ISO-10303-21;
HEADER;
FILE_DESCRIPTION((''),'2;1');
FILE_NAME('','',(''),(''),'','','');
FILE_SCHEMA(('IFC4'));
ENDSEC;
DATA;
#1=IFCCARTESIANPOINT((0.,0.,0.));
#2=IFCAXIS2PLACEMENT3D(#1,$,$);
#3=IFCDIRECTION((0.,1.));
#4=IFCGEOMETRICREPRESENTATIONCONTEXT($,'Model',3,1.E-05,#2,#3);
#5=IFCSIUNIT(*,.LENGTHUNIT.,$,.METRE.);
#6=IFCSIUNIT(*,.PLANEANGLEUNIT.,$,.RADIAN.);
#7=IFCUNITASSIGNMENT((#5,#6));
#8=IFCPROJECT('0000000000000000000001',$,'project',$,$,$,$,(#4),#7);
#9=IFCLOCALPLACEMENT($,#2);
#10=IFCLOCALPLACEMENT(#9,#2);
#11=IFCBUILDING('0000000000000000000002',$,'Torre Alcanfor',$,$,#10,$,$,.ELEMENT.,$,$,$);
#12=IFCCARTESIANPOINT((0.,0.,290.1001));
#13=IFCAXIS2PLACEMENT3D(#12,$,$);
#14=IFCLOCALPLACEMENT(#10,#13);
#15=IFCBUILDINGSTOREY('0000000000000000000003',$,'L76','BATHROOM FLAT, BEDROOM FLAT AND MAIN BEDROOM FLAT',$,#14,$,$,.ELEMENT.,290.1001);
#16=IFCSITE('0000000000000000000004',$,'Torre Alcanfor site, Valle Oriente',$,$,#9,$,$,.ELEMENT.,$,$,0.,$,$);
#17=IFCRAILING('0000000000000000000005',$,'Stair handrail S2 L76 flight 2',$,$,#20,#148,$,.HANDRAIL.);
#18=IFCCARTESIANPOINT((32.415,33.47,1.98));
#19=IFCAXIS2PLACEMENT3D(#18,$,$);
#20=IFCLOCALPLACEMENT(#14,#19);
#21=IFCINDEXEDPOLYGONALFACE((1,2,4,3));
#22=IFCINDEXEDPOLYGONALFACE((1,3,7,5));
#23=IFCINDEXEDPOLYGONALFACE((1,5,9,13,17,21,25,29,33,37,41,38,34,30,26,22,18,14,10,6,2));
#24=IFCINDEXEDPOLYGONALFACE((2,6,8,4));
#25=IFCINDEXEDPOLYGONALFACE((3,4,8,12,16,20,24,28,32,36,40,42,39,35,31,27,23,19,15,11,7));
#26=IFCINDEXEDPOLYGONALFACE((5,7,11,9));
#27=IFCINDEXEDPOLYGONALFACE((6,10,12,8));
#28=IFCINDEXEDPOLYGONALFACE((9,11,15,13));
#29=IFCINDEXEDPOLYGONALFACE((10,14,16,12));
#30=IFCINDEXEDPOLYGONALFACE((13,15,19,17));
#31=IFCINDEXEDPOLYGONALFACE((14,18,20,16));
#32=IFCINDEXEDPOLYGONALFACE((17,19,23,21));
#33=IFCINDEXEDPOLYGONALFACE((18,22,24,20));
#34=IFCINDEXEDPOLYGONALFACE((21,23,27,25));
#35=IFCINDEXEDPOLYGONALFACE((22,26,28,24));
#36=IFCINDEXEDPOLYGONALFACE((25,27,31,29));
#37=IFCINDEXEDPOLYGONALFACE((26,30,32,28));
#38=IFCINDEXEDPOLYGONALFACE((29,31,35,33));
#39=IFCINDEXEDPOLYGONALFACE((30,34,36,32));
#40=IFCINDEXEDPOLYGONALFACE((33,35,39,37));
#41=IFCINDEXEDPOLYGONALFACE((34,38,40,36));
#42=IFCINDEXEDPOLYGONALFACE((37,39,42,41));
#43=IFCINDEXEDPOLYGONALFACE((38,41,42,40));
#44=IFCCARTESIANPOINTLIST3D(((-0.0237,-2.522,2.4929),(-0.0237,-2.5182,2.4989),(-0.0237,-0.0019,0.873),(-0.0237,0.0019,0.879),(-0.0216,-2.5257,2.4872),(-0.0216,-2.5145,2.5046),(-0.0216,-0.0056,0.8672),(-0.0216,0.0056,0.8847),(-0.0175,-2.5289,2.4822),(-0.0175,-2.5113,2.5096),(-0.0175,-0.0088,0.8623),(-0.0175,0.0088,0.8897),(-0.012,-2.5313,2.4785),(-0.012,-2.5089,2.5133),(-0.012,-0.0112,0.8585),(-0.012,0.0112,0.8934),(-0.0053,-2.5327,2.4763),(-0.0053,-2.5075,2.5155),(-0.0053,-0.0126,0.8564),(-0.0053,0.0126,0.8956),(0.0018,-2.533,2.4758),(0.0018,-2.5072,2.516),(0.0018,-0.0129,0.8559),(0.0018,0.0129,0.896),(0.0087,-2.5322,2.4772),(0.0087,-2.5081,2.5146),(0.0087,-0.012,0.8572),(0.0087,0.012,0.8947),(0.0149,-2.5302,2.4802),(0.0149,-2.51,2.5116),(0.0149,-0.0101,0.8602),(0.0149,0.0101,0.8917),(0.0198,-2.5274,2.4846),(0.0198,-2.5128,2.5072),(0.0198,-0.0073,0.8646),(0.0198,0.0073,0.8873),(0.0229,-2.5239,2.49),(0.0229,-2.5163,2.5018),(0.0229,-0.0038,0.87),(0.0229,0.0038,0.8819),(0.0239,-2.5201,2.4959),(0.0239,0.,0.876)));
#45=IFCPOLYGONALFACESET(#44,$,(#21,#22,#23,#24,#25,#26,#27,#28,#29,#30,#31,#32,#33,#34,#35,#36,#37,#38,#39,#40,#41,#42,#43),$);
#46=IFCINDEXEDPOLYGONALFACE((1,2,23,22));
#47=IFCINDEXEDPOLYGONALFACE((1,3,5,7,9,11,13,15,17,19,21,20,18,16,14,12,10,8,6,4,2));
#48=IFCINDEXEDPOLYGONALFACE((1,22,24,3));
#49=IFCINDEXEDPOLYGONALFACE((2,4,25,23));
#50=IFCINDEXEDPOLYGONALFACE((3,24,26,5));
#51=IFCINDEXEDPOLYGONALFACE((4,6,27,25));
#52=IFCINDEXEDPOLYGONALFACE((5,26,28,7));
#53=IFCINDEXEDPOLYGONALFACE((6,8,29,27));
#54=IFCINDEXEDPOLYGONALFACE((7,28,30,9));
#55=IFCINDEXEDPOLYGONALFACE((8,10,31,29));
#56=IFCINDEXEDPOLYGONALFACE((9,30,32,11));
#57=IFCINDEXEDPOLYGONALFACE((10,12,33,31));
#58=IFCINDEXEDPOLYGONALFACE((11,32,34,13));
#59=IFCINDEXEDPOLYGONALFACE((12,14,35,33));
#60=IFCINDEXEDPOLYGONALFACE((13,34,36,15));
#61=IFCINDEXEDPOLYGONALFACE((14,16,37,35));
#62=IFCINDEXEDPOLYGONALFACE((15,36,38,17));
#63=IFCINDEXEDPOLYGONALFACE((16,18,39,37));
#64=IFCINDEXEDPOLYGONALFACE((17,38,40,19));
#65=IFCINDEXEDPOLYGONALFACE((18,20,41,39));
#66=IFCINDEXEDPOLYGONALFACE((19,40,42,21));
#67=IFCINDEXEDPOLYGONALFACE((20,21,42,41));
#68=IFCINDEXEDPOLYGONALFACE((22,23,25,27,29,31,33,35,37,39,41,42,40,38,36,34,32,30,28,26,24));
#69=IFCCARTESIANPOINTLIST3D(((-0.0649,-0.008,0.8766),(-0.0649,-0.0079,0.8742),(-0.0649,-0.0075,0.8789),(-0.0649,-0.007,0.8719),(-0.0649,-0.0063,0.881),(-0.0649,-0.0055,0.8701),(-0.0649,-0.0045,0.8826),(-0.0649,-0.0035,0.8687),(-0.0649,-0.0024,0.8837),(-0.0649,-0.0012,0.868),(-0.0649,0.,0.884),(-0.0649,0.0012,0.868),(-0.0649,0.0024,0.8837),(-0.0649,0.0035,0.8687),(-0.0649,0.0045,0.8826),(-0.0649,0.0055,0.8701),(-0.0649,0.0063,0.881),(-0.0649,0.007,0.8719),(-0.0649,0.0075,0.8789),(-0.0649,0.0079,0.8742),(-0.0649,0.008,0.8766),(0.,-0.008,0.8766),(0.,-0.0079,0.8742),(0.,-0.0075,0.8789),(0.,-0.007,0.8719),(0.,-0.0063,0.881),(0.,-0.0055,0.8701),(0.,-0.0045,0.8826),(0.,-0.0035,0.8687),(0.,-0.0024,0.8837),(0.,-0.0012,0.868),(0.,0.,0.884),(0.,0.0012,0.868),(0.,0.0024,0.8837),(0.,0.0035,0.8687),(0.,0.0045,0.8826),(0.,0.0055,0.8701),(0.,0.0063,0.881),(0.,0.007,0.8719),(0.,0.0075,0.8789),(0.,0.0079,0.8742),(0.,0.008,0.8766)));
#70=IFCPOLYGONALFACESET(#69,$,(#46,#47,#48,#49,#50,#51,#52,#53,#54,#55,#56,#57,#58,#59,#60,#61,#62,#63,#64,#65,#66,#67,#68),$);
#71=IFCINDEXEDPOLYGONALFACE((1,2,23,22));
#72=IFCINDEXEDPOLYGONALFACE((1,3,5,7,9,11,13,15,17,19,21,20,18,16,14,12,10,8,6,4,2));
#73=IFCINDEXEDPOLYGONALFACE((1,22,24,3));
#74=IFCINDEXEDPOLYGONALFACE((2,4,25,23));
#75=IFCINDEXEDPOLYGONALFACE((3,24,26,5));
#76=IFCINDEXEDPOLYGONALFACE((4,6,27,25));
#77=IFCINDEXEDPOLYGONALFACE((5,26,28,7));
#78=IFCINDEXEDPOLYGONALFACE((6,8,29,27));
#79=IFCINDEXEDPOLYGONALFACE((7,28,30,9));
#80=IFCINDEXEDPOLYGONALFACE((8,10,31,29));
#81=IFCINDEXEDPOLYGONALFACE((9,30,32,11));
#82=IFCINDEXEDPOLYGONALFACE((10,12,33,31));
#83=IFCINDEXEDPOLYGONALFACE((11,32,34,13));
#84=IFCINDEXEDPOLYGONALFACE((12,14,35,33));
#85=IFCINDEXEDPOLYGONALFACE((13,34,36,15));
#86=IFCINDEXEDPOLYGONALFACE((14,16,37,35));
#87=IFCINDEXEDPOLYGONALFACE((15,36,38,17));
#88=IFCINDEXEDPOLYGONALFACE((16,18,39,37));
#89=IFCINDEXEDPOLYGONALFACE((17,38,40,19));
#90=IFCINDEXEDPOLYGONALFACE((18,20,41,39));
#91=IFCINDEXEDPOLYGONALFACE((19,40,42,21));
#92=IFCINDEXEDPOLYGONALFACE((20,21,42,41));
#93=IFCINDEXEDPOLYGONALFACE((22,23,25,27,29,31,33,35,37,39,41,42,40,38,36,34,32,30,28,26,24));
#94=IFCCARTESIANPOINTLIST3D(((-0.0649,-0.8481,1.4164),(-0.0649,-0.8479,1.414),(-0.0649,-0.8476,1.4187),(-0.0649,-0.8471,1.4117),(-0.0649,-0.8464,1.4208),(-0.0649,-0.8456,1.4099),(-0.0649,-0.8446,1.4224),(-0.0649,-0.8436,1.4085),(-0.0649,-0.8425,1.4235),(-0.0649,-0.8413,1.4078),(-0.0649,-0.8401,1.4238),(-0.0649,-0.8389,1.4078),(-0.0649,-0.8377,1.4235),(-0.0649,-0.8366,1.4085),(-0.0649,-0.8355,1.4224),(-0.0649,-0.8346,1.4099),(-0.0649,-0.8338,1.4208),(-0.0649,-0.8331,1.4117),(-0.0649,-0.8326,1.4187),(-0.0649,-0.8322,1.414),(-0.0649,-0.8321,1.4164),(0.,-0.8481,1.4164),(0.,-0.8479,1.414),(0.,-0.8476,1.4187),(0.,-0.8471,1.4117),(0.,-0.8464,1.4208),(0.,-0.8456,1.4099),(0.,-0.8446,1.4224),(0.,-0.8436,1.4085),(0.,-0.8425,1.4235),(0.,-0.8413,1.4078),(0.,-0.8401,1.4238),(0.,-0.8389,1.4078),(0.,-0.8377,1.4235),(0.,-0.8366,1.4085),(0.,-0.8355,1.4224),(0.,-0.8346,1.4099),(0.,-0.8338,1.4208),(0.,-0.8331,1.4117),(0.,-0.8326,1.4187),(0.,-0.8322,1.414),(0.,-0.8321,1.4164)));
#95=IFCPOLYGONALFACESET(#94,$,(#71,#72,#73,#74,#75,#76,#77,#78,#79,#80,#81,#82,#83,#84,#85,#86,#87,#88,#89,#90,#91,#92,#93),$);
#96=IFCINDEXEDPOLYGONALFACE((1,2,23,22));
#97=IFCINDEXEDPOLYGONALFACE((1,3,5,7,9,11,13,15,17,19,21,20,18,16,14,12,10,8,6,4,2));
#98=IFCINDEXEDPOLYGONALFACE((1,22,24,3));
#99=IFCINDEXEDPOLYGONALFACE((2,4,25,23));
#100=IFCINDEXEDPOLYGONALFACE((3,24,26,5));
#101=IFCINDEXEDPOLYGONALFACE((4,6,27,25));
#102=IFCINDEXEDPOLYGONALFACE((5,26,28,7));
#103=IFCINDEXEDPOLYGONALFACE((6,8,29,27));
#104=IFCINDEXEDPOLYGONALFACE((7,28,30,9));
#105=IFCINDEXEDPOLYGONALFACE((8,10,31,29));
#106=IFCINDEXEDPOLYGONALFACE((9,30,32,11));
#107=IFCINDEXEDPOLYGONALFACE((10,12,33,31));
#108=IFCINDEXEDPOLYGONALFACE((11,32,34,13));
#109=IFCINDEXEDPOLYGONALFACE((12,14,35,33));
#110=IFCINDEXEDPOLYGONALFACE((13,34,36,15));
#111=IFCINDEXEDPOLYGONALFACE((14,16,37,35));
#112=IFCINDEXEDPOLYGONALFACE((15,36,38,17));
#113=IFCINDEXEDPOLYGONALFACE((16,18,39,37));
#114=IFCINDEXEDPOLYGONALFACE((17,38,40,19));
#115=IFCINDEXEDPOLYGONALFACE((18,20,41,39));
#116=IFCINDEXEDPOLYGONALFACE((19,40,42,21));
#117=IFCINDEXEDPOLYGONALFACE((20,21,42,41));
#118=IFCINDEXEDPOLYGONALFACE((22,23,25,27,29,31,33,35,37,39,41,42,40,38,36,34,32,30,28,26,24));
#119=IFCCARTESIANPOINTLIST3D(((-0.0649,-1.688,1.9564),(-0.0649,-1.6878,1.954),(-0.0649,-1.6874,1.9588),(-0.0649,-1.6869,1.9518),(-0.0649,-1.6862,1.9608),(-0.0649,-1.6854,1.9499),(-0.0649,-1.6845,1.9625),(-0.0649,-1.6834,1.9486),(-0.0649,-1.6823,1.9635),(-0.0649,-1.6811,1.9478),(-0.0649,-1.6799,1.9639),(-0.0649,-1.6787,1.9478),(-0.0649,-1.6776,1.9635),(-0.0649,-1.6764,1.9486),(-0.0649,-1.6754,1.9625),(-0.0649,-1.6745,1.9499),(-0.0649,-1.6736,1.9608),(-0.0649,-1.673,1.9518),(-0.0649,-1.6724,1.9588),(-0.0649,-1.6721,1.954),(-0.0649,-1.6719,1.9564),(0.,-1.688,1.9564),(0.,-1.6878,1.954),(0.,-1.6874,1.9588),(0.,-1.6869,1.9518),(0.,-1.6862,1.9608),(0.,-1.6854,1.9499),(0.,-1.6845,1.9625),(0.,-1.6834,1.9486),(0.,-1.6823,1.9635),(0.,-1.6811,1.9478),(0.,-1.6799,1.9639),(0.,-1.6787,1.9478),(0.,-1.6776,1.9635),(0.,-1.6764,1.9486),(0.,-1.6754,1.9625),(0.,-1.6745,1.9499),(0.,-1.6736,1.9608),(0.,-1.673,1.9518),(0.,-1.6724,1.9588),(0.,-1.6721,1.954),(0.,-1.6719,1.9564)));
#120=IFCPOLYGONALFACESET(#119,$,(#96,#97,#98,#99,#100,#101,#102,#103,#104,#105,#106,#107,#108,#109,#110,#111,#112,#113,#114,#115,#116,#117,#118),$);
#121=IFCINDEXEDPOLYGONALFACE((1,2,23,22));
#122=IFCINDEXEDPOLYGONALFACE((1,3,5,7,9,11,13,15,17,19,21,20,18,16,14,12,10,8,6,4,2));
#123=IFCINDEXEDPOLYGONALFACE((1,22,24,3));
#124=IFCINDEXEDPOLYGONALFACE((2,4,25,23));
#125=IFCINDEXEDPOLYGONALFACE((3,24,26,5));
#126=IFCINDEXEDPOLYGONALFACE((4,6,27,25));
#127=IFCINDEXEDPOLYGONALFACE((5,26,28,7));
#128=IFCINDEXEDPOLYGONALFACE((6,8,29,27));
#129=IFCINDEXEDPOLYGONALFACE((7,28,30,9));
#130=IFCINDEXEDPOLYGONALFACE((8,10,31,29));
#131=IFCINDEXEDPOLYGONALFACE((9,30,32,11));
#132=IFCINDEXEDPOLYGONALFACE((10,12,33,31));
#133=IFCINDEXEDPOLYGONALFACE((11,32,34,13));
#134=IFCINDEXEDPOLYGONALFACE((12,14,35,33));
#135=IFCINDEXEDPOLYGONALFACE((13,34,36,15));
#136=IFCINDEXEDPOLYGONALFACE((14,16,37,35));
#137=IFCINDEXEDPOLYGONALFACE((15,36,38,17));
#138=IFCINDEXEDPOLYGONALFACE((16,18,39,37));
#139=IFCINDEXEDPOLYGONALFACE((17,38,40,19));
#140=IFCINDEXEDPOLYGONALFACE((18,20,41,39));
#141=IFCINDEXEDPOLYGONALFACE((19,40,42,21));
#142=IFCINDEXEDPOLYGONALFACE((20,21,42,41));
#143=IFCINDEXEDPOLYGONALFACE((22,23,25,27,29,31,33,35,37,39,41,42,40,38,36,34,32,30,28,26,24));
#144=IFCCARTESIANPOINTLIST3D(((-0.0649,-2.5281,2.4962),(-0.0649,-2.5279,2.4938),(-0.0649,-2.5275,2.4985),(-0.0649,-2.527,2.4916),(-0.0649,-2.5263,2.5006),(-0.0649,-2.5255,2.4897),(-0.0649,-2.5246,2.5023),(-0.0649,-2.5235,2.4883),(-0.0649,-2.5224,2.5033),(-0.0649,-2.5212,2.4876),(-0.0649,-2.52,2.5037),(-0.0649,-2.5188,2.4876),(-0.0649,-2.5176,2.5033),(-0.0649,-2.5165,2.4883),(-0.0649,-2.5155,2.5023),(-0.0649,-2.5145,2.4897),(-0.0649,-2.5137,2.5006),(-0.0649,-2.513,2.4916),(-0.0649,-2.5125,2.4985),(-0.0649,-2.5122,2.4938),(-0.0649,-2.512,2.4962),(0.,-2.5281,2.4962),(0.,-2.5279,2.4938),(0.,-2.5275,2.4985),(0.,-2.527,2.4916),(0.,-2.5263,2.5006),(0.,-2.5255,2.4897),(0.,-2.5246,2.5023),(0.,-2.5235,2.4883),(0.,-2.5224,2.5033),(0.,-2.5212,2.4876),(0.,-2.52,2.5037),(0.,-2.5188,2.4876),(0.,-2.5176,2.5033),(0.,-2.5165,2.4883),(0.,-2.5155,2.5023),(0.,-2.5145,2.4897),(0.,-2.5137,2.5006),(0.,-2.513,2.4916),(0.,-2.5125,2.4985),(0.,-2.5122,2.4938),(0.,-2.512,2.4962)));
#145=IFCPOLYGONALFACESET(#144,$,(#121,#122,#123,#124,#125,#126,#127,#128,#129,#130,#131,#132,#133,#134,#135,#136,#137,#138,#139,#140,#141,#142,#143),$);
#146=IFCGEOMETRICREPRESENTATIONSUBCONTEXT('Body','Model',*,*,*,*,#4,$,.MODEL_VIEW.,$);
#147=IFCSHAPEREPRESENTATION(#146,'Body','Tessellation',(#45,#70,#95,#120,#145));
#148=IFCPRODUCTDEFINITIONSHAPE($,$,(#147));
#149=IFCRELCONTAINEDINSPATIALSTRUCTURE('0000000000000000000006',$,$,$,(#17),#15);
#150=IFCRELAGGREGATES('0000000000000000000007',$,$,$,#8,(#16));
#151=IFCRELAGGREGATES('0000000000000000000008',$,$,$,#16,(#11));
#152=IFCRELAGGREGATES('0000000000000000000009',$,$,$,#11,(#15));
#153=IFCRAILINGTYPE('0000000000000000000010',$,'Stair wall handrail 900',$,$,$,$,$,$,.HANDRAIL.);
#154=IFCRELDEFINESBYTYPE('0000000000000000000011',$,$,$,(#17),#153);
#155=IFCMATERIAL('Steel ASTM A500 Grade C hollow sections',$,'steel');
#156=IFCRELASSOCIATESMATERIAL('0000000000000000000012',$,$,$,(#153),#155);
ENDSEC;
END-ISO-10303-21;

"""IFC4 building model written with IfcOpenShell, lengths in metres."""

from ifc_helpers import new_model, si_unit, direction, frame, origin, origin_2d, place, context, subcontext, project, spatial, circle, extrude, material, type_object, element, save


model = new_model("IFC4")

# Units and contexts
model_context = context("Model", 3, precision=1e-05, world=origin(), true_north=direction((0.0, 1.0)))
body_context = subcontext(model_context, "Body", "Model", "MODEL_VIEW")
ifc_project = project(units=[si_unit("LENGTHUNIT", "METRE"), si_unit("PLANEANGLEUNIT", "RADIAN")], contexts=[model_context])

# Site, building, storey
site_placement = place(None, origin())
site = spatial("IfcSite", under=ifc_project, at=site_placement, Name="Torre Alcanfor site, Valle Oriente", CompositionType="ELEMENT", RefElevation=0.0)
building_placement = place(site_placement, origin())
building = spatial("IfcBuilding", under=site, at=building_placement, Name="Torre Alcanfor", CompositionType="ELEMENT")
storey_placement = place(building_placement, frame((0.0, 0.0, 290.1001)))
storey = spatial("IfcBuildingStorey", under=building, at=storey_placement, Name="L76", Description="BATHROOM FLAT, BEDROOM FLAT AND MAIN BEDROOM FLAT", CompositionType="ELEMENT", Elevation=290.1001)

# Railing
ifc_material_1 = material(Name="Steel ASTM A500 Grade C hollow sections", Category="steel")
railing_type_1 = type_object("IfcRailingType", Name="Stair wall handrail 900", PredefinedType="HANDRAIL", material=ifc_material_1)
railing_1_placement = place(storey_placement, frame((32.415, 33.47, 1.98)))
element("IfcRailing", 1, at=railing_1_placement, inside=storey, type_object=railing_type_1, Name="Stair handrail S2 L76 flight 2", PredefinedType="HANDRAIL", context=body_context, shape_type="SweptSolid", body=[
    extrude(circle(Radius=0.0239, at=origin_2d()), frame((0.0, 0.0, 0.876), z_axis=(0.0, -0.8412, 0.540725), x_axis=(1.0, 0.0, 0.0)), (0.0, 0.0, 1.0), 2.9958),
    extrude(circle(Radius=0.0081, at=origin_2d()), frame((0.0, 0.0, 0.876), z_axis=(-1.0, 0.0, 0.0), x_axis=(0.0, 0.0, 1.0)), (0.0, 0.0, 1.0), 0.0649),
    extrude(circle(Radius=0.0081, at=origin_2d()), frame((0.0, -0.8401, 1.4158), z_axis=(-1.0, 0.0, 0.0), x_axis=(0.0, 0.0, 1.0)), (0.0, 0.0, 1.0), 0.0649),
    extrude(circle(Radius=0.0081, at=origin_2d()), frame((0.0, -1.6799, 1.9558), z_axis=(-1.0, 0.0, 0.0), x_axis=(0.0, 0.0, 1.0)), (0.0, 0.0, 1.0), 0.0649),
    extrude(circle(Radius=0.0081, at=origin_2d()), frame((0.0, -2.52, 2.4956), z_axis=(-1.0, 0.0, 0.0), x_axis=(0.0, 0.0, 1.0)), (0.0, 0.0, 1.0), 0.0649),
])

save(model, "model.ifc")
